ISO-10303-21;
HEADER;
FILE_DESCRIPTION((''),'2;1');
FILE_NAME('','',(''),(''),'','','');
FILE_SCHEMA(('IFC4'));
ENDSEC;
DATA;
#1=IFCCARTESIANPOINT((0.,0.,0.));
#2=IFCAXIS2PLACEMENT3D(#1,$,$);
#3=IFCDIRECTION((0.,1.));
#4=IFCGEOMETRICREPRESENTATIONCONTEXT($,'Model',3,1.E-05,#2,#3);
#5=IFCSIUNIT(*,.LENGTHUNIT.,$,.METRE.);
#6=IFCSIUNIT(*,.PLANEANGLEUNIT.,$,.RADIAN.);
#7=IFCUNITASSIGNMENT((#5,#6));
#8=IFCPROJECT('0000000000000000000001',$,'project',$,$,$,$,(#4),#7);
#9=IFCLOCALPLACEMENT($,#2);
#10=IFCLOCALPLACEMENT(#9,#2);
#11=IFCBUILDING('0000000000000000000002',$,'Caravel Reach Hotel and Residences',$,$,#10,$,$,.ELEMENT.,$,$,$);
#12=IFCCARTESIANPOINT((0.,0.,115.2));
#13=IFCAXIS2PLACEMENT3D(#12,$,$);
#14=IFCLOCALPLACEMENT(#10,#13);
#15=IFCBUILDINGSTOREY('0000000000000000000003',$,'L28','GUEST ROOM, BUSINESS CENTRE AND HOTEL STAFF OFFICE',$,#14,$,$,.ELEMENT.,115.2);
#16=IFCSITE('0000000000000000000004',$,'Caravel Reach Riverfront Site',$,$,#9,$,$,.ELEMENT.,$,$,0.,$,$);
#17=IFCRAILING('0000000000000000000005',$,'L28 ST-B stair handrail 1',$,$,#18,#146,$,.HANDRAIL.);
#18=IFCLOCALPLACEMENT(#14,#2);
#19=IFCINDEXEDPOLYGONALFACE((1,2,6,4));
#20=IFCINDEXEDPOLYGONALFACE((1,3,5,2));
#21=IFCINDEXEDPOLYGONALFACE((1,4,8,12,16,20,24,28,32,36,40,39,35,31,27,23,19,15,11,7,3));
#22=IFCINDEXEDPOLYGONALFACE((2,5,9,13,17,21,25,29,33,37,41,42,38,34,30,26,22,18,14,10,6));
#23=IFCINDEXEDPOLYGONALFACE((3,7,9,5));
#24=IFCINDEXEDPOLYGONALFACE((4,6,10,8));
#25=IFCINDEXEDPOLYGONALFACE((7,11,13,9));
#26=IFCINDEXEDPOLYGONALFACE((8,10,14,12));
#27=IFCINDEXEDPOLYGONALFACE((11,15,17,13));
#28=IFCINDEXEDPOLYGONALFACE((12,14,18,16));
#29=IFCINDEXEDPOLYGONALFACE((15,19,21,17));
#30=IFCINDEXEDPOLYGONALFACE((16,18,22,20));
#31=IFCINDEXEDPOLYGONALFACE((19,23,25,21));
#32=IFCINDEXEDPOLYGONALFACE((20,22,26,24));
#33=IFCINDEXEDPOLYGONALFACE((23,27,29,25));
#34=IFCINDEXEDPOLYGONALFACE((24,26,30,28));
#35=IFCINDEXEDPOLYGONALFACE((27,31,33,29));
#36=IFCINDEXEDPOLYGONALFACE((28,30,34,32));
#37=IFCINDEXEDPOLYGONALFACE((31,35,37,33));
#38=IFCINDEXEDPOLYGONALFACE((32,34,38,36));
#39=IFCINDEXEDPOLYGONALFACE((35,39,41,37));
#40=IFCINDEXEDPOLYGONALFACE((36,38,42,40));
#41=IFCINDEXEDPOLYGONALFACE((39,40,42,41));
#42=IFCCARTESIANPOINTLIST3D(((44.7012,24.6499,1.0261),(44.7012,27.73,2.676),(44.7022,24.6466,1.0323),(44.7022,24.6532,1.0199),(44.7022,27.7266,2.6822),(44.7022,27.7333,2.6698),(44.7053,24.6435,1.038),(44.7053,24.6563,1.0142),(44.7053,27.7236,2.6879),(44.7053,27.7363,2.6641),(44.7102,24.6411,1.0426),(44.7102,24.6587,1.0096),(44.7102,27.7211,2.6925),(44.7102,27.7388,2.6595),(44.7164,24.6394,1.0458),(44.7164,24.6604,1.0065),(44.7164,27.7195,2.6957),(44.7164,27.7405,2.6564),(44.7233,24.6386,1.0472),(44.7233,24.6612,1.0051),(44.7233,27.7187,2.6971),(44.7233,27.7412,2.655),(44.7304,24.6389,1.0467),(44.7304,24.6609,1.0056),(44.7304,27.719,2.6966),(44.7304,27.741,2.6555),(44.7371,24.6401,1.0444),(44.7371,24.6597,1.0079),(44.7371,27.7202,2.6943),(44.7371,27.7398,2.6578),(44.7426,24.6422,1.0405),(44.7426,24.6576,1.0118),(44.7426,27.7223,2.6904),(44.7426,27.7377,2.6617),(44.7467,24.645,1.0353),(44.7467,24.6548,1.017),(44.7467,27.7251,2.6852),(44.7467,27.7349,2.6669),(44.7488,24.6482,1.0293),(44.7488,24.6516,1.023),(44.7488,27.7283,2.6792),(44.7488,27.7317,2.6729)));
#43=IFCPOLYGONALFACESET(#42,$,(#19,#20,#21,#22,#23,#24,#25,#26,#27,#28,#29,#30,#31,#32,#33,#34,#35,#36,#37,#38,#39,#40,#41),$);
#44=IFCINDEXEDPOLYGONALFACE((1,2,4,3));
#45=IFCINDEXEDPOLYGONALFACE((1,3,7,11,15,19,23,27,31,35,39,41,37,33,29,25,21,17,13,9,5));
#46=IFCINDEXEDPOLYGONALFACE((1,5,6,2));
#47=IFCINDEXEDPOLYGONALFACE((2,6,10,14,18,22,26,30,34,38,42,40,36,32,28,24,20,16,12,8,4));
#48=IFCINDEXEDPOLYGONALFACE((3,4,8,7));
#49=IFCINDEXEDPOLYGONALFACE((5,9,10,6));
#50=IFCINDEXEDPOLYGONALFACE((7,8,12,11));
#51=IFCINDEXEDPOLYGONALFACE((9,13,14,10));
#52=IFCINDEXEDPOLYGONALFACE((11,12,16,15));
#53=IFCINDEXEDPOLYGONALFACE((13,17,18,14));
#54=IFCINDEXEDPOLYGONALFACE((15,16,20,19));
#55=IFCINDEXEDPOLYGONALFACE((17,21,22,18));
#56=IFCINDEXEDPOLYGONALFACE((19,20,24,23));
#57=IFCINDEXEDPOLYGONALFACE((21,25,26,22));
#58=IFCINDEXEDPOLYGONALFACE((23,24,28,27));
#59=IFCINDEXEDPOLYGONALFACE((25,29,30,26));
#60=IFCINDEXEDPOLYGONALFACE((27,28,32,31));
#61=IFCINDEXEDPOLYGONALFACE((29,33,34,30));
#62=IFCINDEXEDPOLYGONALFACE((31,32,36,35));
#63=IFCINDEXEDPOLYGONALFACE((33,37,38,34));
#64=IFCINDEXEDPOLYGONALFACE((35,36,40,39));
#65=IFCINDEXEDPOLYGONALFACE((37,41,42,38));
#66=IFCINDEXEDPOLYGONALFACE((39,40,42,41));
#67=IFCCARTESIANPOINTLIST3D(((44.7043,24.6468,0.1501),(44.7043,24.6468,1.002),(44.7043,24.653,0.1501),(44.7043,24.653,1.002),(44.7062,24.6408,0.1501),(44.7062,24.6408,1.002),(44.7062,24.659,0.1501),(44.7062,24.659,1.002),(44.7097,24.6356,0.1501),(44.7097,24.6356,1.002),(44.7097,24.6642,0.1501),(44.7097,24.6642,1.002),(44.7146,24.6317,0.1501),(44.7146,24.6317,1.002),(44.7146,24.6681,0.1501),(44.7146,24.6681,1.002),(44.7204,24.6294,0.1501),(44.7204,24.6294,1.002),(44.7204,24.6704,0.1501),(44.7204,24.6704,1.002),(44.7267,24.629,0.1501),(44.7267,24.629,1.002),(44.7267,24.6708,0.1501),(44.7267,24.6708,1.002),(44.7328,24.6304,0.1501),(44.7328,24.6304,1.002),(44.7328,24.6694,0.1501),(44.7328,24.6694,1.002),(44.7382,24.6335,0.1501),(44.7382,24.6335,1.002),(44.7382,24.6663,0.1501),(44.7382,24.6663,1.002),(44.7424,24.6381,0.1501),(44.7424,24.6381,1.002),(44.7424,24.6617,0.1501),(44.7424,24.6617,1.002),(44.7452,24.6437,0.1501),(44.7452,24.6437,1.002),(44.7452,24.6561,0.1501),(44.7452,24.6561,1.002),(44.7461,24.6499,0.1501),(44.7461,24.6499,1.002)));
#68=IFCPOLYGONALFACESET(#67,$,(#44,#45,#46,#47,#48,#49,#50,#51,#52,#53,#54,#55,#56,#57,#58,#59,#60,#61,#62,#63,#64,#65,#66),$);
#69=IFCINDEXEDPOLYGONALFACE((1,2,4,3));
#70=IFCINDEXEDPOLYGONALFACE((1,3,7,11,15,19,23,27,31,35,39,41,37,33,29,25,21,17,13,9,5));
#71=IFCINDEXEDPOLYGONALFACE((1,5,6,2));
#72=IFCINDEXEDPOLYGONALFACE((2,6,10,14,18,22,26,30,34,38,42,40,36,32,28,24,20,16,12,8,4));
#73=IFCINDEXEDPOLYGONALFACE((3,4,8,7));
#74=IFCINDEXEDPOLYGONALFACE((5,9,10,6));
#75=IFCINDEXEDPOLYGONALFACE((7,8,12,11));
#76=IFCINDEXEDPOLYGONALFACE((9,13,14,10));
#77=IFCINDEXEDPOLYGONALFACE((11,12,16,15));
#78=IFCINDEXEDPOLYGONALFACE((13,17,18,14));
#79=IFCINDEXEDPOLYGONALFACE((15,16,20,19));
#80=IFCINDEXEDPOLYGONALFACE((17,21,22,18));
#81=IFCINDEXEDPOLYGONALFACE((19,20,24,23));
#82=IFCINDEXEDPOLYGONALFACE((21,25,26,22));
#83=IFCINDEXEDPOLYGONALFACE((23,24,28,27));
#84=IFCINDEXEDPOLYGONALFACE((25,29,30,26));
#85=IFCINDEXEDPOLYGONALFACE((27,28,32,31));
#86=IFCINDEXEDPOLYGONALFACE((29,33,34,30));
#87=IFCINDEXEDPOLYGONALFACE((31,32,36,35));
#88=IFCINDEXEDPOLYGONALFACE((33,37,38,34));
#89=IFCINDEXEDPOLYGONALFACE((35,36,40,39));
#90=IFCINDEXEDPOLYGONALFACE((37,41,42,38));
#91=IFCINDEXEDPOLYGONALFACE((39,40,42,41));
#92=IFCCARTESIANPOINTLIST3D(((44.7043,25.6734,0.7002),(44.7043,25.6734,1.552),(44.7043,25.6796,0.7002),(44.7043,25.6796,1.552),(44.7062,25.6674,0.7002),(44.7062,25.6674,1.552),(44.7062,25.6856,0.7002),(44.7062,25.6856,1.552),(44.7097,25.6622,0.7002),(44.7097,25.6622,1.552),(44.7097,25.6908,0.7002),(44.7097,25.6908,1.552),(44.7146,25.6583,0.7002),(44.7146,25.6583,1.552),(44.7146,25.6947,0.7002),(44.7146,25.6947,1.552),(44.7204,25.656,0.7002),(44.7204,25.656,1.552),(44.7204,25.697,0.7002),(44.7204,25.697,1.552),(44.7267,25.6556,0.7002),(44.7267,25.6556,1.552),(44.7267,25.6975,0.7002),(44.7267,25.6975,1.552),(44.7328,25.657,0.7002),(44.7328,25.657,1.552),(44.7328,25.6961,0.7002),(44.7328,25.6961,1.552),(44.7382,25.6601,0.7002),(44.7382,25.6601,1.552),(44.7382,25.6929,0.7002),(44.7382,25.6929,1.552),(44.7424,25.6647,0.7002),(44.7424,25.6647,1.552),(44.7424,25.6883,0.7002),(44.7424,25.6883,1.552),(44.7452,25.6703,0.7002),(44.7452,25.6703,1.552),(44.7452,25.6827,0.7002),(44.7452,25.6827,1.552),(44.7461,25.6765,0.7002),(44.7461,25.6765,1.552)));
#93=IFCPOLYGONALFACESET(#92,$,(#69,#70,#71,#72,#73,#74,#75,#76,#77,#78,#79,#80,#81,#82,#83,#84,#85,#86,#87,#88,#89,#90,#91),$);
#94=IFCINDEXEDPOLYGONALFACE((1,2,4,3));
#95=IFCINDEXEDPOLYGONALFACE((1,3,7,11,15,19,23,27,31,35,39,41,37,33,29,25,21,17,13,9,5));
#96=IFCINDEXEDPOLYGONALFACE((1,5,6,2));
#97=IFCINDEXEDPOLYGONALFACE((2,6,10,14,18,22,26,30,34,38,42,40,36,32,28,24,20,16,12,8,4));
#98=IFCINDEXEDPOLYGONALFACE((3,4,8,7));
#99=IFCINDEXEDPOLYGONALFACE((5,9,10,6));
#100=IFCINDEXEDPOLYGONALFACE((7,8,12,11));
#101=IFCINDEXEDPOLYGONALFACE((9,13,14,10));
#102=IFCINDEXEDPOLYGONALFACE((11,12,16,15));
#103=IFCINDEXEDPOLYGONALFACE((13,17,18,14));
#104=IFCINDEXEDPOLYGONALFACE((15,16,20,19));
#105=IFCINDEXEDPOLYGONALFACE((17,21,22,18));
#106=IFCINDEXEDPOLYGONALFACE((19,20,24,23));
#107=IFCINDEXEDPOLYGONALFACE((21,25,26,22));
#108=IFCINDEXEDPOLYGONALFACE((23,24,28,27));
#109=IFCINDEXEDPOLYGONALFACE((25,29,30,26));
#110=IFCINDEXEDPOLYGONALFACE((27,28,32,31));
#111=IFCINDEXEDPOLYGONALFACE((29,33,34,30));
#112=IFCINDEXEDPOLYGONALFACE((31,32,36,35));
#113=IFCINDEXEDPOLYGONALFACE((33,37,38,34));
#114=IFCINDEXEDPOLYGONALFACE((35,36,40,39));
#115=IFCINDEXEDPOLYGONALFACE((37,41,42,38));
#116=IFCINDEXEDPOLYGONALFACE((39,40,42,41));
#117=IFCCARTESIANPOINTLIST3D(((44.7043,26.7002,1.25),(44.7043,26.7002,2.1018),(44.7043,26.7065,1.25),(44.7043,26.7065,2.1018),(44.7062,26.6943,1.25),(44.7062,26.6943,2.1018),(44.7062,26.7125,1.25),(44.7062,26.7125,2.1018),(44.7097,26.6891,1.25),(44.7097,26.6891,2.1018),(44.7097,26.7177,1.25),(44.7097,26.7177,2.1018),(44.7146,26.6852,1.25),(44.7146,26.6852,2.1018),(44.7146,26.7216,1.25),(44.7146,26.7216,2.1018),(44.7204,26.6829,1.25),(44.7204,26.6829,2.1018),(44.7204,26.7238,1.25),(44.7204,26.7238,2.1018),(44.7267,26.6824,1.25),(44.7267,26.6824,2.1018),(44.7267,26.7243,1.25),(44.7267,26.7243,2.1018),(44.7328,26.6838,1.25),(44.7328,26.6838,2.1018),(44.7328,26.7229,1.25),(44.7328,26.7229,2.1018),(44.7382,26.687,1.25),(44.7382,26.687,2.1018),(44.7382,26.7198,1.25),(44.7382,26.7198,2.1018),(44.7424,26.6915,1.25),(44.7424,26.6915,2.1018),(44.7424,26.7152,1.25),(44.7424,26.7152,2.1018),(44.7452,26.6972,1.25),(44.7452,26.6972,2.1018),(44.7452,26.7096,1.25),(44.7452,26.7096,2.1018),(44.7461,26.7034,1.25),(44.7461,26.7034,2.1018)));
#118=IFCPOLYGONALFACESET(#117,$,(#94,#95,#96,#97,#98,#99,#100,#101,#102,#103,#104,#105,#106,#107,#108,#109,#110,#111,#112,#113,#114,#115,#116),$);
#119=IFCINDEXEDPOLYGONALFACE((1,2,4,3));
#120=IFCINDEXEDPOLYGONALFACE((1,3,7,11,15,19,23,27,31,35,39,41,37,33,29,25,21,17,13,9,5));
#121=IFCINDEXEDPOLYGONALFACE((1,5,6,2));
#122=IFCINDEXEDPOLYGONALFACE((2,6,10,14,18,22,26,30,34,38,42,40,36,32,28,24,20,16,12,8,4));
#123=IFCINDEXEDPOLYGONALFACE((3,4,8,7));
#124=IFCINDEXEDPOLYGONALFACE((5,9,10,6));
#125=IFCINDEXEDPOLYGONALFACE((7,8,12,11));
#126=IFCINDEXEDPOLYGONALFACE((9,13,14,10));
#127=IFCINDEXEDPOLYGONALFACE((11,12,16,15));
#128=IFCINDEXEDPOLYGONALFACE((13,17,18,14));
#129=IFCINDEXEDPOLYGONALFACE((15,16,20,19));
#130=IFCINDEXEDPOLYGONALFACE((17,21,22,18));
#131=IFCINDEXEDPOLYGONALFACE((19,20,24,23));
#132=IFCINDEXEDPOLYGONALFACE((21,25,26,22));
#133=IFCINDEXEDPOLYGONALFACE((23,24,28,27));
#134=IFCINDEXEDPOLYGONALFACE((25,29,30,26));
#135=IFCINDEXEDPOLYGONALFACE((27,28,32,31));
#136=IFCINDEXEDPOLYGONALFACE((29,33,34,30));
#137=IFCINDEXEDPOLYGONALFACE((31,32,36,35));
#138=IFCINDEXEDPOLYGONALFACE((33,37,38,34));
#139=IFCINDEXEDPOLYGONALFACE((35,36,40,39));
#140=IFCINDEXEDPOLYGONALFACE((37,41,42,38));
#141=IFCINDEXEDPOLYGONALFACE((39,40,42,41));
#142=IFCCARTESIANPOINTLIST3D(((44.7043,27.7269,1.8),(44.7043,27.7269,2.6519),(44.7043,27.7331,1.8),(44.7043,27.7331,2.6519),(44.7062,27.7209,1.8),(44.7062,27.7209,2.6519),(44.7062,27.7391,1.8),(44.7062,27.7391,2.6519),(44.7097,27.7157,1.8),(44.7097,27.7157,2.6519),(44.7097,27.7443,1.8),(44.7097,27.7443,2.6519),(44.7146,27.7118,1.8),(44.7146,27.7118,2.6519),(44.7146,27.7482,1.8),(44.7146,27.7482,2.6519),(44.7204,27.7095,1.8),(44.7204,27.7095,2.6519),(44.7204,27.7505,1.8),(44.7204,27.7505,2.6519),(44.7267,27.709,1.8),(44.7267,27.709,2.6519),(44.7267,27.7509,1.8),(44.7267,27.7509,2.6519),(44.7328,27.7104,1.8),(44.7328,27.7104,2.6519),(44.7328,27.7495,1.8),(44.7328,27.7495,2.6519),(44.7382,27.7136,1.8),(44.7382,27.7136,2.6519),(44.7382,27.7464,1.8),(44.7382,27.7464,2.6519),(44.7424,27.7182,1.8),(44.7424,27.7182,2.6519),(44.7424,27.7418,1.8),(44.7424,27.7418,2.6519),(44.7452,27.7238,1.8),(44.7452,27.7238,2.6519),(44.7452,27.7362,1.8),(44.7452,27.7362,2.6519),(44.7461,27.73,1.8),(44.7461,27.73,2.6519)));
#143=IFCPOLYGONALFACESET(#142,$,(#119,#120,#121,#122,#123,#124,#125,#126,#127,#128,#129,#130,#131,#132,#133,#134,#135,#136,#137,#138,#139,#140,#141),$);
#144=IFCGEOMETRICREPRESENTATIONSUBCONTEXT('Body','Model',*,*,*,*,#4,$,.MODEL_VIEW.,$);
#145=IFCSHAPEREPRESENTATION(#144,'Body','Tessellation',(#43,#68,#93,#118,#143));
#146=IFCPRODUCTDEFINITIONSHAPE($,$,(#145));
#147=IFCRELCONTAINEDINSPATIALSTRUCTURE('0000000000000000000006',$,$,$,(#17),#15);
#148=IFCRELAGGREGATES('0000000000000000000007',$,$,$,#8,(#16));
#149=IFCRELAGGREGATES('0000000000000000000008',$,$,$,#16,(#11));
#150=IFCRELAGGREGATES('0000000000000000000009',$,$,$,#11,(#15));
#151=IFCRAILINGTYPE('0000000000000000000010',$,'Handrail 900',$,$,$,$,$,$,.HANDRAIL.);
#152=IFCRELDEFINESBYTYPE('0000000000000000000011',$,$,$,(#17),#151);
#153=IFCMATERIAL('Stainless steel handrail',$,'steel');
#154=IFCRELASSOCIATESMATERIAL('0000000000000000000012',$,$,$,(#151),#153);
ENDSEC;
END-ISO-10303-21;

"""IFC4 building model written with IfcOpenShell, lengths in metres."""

from ifc_helpers import new_model, si_unit, direction, frame, origin, origin_2d, place, context, subcontext, project, spatial, circle, extrude, material, type_object, element, save


model = new_model("IFC4")

# Units and contexts
model_context = context("Model", 3, precision=1e-05, world=origin(), true_north=direction((0.0, 1.0)))
body_context = subcontext(model_context, "Body", "Model", "MODEL_VIEW")
ifc_project = project(units=[si_unit("LENGTHUNIT", "METRE"), si_unit("PLANEANGLEUNIT", "RADIAN")], contexts=[model_context])

# Site, building, storey
site_placement = place(None, origin())
site = spatial("IfcSite", under=ifc_project, at=site_placement, Name="Caravel Reach Riverfront Site", CompositionType="ELEMENT", RefElevation=0.0)
building_placement = place(site_placement, origin())
building = spatial("IfcBuilding", under=site, at=building_placement, Name="Caravel Reach Hotel and Residences", CompositionType="ELEMENT")
storey_placement = place(building_placement, frame((0.0, 0.0, 115.2)))
storey = spatial("IfcBuildingStorey", under=building, at=storey_placement, Name="L28", Description="GUEST ROOM, BUSINESS CENTRE AND HOTEL STAFF OFFICE", CompositionType="ELEMENT", Elevation=115.2)

# Railing
ifc_material_1 = material(Name="Stainless steel handrail", Category="steel")
railing_type_1 = type_object("IfcRailingType", Name="Handrail 900", PredefinedType="HANDRAIL", material=ifc_material_1)
railing_1_placement = place(storey_placement, frame((44.7251, 24.6499, 0.1501)))
element("IfcRailing", 1, at=railing_1_placement, inside=storey, type_object=railing_type_1, Name="L28 ST-B stair handrail 1", PredefinedType="HANDRAIL", context=body_context, shape_type="SweptSolid", body=[
    extrude(circle(Radius=0.0239, at=origin_2d()), frame((0.0, 0.0, 0.876), z_axis=(0.0, 0.881497, 0.47219), x_axis=(-1.0, 0.0, 0.0)), (0.0, 0.0, 1.0), 3.4941),
    extrude(circle(Radius=0.021, at=origin_2d()), origin(), (0.0, 0.0, 1.0), 0.8518),
    extrude(circle(Radius=0.021, at=origin_2d()), frame((0.0, 1.0266, 0.55)), (0.0, 0.0, 1.0), 0.8518),
    extrude(circle(Radius=0.021, at=origin_2d()), frame((0.0, 2.0535, 1.0999)), (0.0, 0.0, 1.0), 0.8518),
    extrude(circle(Radius=0.021, at=origin_2d()), frame((0.0, 3.0801, 1.6499)), (0.0, 0.0, 1.0), 0.8518),
])

save(model, "model.ifc")
